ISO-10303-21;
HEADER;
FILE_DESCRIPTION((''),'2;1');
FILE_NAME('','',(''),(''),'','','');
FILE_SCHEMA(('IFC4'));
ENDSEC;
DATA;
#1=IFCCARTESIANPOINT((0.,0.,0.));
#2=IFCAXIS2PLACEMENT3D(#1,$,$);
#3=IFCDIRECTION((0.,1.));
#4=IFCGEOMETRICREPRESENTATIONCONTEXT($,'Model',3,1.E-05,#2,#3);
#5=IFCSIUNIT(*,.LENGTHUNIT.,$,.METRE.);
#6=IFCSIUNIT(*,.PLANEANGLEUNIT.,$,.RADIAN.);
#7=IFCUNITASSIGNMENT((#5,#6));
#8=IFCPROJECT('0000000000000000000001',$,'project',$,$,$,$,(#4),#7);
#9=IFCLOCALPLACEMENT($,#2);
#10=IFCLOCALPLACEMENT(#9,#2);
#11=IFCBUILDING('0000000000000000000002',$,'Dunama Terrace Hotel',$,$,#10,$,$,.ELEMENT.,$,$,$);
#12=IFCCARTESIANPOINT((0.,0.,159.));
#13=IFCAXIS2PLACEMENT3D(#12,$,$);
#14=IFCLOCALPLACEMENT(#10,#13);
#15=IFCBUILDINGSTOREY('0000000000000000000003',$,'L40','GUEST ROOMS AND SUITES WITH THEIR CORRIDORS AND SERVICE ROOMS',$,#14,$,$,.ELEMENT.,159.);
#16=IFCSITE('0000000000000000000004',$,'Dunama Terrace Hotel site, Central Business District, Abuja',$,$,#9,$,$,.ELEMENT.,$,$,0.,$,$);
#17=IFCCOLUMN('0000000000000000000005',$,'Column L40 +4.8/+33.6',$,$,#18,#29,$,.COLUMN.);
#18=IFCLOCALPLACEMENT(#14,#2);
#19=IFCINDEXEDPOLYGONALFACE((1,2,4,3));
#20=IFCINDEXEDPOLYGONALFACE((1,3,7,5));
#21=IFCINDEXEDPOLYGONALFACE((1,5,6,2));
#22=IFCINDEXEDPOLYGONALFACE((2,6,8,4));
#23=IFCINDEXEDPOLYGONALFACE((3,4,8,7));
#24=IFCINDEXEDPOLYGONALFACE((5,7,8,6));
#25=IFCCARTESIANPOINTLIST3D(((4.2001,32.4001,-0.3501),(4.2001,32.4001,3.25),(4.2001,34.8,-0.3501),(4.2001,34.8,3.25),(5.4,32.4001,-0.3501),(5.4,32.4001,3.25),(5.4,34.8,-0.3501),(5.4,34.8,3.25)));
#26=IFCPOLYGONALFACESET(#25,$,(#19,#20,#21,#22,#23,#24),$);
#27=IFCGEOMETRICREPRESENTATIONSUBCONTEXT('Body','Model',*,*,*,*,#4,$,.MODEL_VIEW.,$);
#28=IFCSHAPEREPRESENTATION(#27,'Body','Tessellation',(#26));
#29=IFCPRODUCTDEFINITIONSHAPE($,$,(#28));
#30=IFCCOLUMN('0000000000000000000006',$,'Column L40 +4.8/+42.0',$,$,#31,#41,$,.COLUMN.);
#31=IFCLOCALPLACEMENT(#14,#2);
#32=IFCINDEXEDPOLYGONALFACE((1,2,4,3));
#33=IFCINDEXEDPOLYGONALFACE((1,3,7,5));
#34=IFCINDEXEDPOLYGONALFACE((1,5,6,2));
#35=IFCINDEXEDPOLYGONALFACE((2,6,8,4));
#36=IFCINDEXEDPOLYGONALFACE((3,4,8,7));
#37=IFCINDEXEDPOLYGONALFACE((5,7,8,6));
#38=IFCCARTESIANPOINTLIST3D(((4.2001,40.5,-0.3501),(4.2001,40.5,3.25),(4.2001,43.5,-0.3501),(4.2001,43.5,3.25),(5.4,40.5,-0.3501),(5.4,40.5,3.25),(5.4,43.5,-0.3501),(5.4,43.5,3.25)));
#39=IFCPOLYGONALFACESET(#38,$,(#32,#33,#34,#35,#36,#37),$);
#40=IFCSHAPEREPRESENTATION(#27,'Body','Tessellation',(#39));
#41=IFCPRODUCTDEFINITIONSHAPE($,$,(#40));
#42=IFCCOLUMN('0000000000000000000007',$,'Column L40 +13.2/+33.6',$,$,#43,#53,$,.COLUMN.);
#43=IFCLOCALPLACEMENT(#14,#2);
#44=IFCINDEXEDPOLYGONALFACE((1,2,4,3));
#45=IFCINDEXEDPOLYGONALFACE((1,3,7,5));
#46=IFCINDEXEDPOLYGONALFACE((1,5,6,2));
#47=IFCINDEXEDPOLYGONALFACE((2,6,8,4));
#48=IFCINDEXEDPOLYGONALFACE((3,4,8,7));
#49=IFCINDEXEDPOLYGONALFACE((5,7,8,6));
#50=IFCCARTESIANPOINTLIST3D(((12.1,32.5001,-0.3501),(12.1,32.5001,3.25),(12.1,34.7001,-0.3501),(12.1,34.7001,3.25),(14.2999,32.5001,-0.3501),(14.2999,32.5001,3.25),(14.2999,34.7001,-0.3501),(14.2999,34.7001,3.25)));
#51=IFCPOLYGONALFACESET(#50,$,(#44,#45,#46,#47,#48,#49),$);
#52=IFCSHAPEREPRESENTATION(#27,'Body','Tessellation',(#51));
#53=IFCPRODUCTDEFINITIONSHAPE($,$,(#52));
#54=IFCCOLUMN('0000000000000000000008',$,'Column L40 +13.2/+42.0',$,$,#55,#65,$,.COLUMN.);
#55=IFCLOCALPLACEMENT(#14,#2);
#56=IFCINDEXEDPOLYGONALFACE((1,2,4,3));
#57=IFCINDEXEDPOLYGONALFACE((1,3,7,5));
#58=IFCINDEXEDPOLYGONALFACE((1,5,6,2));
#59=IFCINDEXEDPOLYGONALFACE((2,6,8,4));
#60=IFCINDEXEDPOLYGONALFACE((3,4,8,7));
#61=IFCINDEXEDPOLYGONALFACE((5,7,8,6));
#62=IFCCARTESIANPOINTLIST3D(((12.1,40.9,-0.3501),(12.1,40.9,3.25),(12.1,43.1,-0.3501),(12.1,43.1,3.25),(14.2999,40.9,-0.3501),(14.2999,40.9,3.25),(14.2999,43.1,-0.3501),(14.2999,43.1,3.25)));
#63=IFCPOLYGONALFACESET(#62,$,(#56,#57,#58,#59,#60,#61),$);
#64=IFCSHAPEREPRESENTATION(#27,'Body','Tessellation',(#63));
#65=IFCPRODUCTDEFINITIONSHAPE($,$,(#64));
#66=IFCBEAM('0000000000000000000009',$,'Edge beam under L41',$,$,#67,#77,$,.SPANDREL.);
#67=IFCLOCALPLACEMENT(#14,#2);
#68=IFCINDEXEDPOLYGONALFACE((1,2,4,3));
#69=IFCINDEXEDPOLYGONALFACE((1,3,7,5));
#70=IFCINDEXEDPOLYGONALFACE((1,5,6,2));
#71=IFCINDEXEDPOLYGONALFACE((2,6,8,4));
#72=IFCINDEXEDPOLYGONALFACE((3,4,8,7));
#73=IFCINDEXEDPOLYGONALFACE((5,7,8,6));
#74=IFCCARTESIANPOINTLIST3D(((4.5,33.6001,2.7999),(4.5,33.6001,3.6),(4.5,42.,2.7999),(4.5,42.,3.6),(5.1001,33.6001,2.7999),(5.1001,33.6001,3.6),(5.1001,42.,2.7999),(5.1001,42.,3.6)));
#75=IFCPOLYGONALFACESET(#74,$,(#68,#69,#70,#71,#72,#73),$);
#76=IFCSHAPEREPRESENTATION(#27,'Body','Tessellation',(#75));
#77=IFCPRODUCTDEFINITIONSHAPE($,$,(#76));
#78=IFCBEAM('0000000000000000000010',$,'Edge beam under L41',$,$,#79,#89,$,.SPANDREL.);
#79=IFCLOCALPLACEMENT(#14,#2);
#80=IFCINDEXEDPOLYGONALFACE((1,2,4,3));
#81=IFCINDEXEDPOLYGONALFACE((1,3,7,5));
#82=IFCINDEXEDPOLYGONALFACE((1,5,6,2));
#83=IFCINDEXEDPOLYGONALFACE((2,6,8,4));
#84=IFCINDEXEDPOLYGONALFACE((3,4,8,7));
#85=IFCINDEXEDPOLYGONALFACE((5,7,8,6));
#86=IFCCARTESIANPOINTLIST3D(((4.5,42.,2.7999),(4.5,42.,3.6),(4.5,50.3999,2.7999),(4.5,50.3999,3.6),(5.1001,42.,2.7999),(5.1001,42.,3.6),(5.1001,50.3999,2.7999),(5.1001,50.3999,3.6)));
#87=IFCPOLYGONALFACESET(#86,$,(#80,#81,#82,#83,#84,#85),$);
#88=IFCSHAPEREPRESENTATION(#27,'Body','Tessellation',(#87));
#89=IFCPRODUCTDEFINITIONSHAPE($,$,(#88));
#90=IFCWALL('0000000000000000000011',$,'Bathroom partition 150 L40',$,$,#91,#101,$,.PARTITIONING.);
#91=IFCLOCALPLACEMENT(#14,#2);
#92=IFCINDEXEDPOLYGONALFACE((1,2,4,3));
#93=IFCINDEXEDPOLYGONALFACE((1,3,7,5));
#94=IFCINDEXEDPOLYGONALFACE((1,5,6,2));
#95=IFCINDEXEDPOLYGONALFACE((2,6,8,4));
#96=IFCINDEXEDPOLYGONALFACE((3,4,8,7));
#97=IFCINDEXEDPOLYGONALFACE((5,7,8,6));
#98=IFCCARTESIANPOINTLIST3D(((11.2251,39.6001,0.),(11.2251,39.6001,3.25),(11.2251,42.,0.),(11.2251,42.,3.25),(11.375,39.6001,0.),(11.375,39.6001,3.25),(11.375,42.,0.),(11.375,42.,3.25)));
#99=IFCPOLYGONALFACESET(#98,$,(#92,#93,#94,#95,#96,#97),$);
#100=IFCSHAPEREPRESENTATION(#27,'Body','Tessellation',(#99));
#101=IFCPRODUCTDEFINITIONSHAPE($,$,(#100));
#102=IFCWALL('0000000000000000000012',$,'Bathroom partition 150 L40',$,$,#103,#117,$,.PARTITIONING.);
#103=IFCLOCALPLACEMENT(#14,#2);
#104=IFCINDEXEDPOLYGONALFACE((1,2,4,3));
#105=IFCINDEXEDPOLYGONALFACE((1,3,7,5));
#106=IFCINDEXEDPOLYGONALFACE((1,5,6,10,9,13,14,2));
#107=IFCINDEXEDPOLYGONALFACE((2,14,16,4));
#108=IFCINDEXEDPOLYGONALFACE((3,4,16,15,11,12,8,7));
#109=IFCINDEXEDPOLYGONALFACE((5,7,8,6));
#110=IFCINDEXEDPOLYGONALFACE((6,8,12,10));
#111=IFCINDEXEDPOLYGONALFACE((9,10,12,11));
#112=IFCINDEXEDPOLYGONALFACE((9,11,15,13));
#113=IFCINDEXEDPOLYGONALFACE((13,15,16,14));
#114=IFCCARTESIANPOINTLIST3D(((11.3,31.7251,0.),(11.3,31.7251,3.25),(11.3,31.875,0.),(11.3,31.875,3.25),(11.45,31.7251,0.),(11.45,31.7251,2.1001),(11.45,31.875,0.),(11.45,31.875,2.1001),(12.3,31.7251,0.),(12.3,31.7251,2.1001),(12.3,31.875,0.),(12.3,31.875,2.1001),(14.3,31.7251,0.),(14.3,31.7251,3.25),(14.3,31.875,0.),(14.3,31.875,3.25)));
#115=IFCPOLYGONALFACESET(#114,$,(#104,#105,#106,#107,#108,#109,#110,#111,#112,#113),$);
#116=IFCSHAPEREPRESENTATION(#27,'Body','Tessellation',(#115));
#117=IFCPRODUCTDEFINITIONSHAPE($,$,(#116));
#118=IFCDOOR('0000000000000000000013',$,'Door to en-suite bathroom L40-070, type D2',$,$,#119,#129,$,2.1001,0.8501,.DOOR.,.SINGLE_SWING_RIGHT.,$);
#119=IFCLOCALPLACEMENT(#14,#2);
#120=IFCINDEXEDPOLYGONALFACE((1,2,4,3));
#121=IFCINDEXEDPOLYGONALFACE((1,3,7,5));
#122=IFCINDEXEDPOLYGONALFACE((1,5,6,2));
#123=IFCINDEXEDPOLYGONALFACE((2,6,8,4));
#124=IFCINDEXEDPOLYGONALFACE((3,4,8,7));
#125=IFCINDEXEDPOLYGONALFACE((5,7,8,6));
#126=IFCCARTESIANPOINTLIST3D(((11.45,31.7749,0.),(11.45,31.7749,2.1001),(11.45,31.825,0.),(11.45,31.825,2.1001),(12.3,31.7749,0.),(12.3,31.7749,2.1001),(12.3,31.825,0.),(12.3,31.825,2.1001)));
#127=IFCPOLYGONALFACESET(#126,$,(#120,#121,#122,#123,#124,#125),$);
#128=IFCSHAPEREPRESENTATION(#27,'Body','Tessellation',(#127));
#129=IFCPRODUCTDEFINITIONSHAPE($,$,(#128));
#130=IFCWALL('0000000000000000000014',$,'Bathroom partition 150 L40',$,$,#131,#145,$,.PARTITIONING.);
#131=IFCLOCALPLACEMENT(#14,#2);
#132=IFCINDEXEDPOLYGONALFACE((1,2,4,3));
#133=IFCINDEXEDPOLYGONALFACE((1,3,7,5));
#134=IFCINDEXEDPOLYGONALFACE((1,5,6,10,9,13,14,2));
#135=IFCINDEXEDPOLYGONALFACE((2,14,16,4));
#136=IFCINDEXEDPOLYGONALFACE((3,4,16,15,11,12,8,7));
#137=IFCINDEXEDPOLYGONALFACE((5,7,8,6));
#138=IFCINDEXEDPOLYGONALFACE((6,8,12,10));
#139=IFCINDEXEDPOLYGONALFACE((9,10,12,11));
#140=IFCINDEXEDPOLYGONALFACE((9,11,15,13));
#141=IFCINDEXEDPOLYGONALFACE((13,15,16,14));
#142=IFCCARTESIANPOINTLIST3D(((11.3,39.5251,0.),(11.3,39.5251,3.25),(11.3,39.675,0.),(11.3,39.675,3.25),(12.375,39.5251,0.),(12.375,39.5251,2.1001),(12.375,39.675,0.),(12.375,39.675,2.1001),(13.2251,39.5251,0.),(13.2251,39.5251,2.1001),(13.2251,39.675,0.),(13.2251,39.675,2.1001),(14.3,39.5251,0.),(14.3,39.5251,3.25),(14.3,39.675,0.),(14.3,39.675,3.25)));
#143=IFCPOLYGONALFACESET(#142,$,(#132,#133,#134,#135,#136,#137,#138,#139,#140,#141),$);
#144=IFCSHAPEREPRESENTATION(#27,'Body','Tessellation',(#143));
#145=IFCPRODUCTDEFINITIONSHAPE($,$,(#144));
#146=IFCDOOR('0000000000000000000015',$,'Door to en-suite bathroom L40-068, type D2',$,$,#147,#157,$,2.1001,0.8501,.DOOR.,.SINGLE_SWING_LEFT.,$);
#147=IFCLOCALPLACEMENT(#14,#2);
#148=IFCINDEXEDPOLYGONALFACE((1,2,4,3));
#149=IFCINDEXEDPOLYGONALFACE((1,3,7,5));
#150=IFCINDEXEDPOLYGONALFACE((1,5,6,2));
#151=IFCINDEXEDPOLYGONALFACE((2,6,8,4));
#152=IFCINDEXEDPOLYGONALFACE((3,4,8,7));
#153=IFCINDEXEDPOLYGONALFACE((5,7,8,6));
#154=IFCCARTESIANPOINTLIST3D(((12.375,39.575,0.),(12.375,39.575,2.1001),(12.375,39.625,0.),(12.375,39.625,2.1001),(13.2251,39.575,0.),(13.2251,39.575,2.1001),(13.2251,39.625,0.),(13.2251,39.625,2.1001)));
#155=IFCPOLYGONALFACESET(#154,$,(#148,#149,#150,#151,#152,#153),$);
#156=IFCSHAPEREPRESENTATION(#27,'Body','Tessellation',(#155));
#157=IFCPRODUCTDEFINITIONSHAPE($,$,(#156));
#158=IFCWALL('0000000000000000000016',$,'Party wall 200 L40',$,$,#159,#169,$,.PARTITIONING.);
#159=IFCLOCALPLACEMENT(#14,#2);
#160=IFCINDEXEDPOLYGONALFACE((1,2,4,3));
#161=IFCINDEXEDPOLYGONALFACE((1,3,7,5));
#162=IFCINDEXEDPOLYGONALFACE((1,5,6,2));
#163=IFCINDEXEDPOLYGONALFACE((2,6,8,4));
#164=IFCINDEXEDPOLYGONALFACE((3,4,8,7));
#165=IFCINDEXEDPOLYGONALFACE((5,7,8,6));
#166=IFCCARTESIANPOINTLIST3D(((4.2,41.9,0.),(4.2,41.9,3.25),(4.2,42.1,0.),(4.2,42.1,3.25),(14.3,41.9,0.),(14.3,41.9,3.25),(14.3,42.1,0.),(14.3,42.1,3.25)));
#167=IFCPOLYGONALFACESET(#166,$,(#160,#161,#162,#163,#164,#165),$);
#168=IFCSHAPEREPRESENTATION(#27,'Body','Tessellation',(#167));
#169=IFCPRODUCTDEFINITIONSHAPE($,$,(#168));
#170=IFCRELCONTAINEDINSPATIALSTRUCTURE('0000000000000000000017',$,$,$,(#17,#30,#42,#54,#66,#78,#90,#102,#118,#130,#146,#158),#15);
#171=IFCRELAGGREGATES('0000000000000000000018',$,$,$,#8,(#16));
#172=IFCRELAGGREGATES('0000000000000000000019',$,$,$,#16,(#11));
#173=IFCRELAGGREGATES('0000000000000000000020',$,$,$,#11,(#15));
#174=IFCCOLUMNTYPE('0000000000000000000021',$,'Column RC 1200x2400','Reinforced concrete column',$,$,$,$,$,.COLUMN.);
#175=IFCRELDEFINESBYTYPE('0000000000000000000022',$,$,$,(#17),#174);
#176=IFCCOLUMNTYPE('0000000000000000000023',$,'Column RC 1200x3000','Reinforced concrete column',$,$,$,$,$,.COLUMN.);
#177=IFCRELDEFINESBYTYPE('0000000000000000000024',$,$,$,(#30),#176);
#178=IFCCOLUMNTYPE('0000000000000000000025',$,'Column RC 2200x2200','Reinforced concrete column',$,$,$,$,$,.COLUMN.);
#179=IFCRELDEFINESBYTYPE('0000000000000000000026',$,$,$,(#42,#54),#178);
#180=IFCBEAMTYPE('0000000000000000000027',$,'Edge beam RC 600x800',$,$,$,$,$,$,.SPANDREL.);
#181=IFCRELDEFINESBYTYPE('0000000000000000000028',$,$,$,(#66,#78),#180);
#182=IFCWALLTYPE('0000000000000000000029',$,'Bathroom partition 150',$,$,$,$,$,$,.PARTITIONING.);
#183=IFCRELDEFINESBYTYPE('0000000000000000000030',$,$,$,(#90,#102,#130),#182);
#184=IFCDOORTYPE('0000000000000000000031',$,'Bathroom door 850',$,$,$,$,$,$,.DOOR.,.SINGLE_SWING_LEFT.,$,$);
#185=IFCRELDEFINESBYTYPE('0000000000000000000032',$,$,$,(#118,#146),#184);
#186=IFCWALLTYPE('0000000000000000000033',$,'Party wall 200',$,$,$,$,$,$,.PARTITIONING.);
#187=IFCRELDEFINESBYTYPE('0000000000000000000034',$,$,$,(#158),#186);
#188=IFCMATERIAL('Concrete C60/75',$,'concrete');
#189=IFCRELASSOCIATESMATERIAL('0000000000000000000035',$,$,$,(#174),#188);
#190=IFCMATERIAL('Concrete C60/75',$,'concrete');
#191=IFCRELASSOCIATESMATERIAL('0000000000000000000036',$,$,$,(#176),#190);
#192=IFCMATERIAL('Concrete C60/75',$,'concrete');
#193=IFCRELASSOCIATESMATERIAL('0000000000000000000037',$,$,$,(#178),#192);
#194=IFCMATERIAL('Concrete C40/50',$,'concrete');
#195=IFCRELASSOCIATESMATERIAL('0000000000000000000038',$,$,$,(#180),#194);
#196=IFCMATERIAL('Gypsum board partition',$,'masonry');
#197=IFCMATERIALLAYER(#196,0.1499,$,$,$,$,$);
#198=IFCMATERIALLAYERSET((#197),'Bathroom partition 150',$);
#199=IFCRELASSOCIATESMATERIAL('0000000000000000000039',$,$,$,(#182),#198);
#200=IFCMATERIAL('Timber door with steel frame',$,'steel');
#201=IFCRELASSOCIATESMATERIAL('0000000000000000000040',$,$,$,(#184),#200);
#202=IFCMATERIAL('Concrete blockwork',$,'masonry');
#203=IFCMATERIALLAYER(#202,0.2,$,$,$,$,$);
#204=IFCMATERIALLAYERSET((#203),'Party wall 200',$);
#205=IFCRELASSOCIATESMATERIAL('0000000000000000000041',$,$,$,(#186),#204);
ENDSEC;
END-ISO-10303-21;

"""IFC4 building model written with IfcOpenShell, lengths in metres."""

from ifc_helpers import new_model, si_unit, direction, frame, frame_2d, origin, origin_2d, place, context, subcontext, project, spatial, rectangle, extrude, material, layer, layer_set, material_profile, profile_set, type_object, element, fill, save


model = new_model("IFC4")

# Units and contexts
model_context = context("Model", 3, precision=1e-05, world=origin(), true_north=direction((0.0, 1.0)))
body_context = subcontext(model_context, "Body", "Model", "MODEL_VIEW")
ifc_project = project(units=[si_unit("LENGTHUNIT", "METRE"), si_unit("PLANEANGLEUNIT", "RADIAN")], contexts=[model_context])

# Site, building, storey
site_placement = place(None, origin())
site = spatial("IfcSite", under=ifc_project, at=site_placement, Name="Dunama Terrace Hotel site, Central Business District, Abuja", CompositionType="ELEMENT", RefElevation=0.0)
building_placement = place(site_placement, origin())
building = spatial("IfcBuilding", under=site, at=building_placement, Name="Dunama Terrace Hotel", CompositionType="ELEMENT")
storey_placement = place(building_placement, frame((0.0, 0.0, 159.0)))
storey = spatial("IfcBuildingStorey", under=building, at=storey_placement, Name="L40", Description="GUEST ROOMS AND SUITES WITH THEIR CORRIDORS AND SERVICE ROOMS", CompositionType="ELEMENT", Elevation=159.0)

# Columns
ifc_material_1 = material(Name="Concrete C60/75", Category="concrete")
ifc_material_profile_1 = material_profile(ifc_material_1, rectangle(XDim=1.2, YDim=2.3999, at=origin_2d()), Name="RC 1200x2400")
ifc_profile_set_1 = profile_set([ifc_material_profile_1], Name="Concrete C60/75")
column_type_1 = type_object("IfcColumnType", Name="Column RC 1200x2400", Description="Reinforced concrete column", PredefinedType="COLUMN", material=ifc_profile_set_1)
column_1_placement = place(storey_placement, frame((4.8, 33.6001, -0.3501), z_axis=(0.0, 0.0, 1.0), x_axis=(1.0, 0.0, 0.0)))
element("IfcColumn", 1, at=column_1_placement, inside=storey, type_object=column_type_1, Name="Column L40 +4.8/+33.6", PredefinedType="COLUMN", context=body_context, shape_type="SweptSolid", body=[
    extrude(rectangle(XDim=1.2, YDim=2.3999, at=origin_2d()), origin(), (0.0, 0.0, 1.0), 3.6001),
])
ifc_material_2 = material(Name="Concrete C60/75", Category="concrete")
ifc_material_profile_2 = material_profile(ifc_material_2, rectangle(XDim=1.2, YDim=3.0, at=origin_2d()), Name="RC 1200x3000")
ifc_profile_set_2 = profile_set([ifc_material_profile_2], Name="Concrete C60/75")
column_type_2 = type_object("IfcColumnType", Name="Column RC 1200x3000", Description="Reinforced concrete column", PredefinedType="COLUMN", material=ifc_profile_set_2)
column_2_placement = place(storey_placement, frame((4.8, 42.0, -0.3501), z_axis=(0.0, 0.0, 1.0), x_axis=(1.0, 0.0, 0.0)))
element("IfcColumn", 2, at=column_2_placement, inside=storey, type_object=column_type_2, Name="Column L40 +4.8/+42.0", PredefinedType="COLUMN", context=body_context, shape_type="SweptSolid", body=[
    extrude(rectangle(XDim=1.2, YDim=3.0, at=origin_2d()), origin(), (0.0, 0.0, 1.0), 3.6001),
])
ifc_material_3 = material(Name="Concrete C60/75", Category="concrete")
ifc_material_profile_3 = material_profile(ifc_material_3, rectangle(XDim=2.2, YDim=2.2, at=origin_2d()), Name="RC 2200x2200")
ifc_profile_set_3 = profile_set([ifc_material_profile_3], Name="Concrete C60/75")
column_type_3 = type_object("IfcColumnType", Name="Column RC 2200x2200", Description="Reinforced concrete column", PredefinedType="COLUMN", material=ifc_profile_set_3)
for number, where, z_axis, x_axis, name in (
    (3, (13.2, 33.6001, -0.3501), (0.0, 0.0, 1.0), (1.0, 0.0, 0.0), "Column L40 +13.2/+33.6"),
    (4, (13.2, 42.0, -0.3501), (0.0, 0.0, 1.0), (1.0, 0.0, 0.0), "Column L40 +13.2/+42.0"),
):
    element("IfcColumn", number, at=place(storey_placement, frame(where, z_axis=z_axis, x_axis=x_axis)), inside=storey, type_object=column_type_3, Name=name, PredefinedType="COLUMN", context=body_context, shape_type="SweptSolid", body=[
        extrude(rectangle(XDim=2.2, YDim=2.2, at=origin_2d()), origin(), (0.0, 0.0, 1.0), 3.6001),
    ])

# Beams
ifc_material_4 = material(Name="Concrete C40/50", Category="concrete")
ifc_material_profile_4 = material_profile(ifc_material_4, rectangle(XDim=0.6001, YDim=0.8, at=origin_2d()), Name="RC 600x800")
ifc_profile_set_4 = profile_set([ifc_material_profile_4], Name="Concrete C40/50")
beam_type = type_object("IfcBeamType", Name="Edge beam RC 600x800", PredefinedType="SPANDREL", material=ifc_profile_set_4)
for number, where, z_axis, x_axis, name in (
    (5, (4.8, 33.6001, 3.2), (0.0, 1.0, 0.0), (-1.0, 0.0, 0.0), "Edge beam under L41"),
    (6, (4.8, 42.0, 3.2), (0.0, 1.0, 0.0), (-1.0, 0.0, 0.0), "Edge beam under L41"),
):
    element("IfcBeam", number, at=place(storey_placement, frame(where, z_axis=z_axis, x_axis=x_axis)), inside=storey, type_object=beam_type, Name=name, PredefinedType="SPANDREL", context=body_context, shape_type="SweptSolid", body=[
        extrude(rectangle(XDim=0.6001, YDim=0.8, at=origin_2d()), origin(), (0.0, 0.0, 1.0), 8.3999),
    ])

# Wall
ifc_material_5 = material(Name="Gypsum board partition", Category="masonry")
ifc_layer_1 = layer(ifc_material_5, 0.1499)
ifc_layer_set_1 = layer_set([ifc_layer_1], Name="Bathroom partition 150")
wall_type_1 = type_object("IfcWallType", Name="Bathroom partition 150", PredefinedType="PARTITIONING", material=ifc_layer_set_1)
wall_1_placement = place(storey_placement, frame((11.3, 39.6001, 0.0), z_axis=(0.0, 0.0, 1.0), x_axis=(0.0, 1.0, 0.0)))
element("IfcWall", 7, at=wall_1_placement, inside=storey, type_object=wall_type_1, Name="Bathroom partition 150 L40", PredefinedType="PARTITIONING", context=body_context, shape_type="SweptSolid", body=[
    extrude(rectangle(XDim=2.3999, YDim=0.1499, at=frame_2d((1.2, 0.0))), origin(), (0.0, 0.0, 1.0), 3.25),
])

# Walls, openings, doors
wall_2_placement = place(storey_placement, frame((11.3, 31.8, 0.0), z_axis=(0.0, 0.0, 1.0), x_axis=(1.0, 0.0, 0.0)))
wall_2 = element("IfcWall", 8, at=wall_2_placement, inside=storey, type_object=wall_type_1, Name="Bathroom partition 150 L40", PredefinedType="PARTITIONING", context=body_context, shape_type="SweptSolid", body=[
    extrude(rectangle(XDim=3.0, YDim=0.1499, at=frame_2d((1.5, 0.0))), origin(), (0.0, 0.0, 1.0), 3.25),
])
opening_1_placement = place(wall_2_placement, frame((0.1499, 0.0, 0.0)))
opening_1 = element("IfcOpeningElement", 9, at=opening_1_placement, cuts=wall_2, PredefinedType="OPENING", context=body_context, shape_type="SweptSolid", body=[
    extrude(rectangle(XDim=0.8501, YDim=2.1001, at=frame_2d((0.425, 1.05))), frame((0.0, 0.085, 0.0), z_axis=(0.0, -1.0, 0.0), x_axis=(1.0, 0.0, 0.0)), (0.0, 0.0, 1.0), 0.1699),
])
ifc_material_6 = material(Name="Timber door with steel frame", Category="steel")
door_type_1 = type_object("IfcDoorType", Name="Bathroom door 850", OperationType="SINGLE_SWING_LEFT", PredefinedType="DOOR", material=ifc_material_6)
door_1_placement = place(opening_1_placement, frame((0.8501, 0.0, 0.0), z_axis=(0.0, 0.0, 1.0), x_axis=(-1.0, 0.0, 0.0)))
door_1 = element("IfcDoor", 10, at=door_1_placement, inside=storey, type_object=door_type_1, Name="Door to en-suite bathroom L40-070, type D2", OperationType="SINGLE_SWING_RIGHT", OverallHeight=2.1001, OverallWidth=0.8501, PredefinedType="DOOR", context=body_context, shape_type="SweptSolid", body=[
    extrude(rectangle(XDim=0.8501, YDim=2.1001, at=frame_2d((0.425, 1.05))), frame((0.0, 0.0251, 0.0), z_axis=(0.0, -1.0, 0.0), x_axis=(1.0, 0.0, 0.0)), (0.0, 0.0, 1.0), 0.05),
])
fill(opening_1, door_1)
wall_3_placement = place(storey_placement, frame((11.3, 39.6001, 0.0), z_axis=(0.0, 0.0, 1.0), x_axis=(1.0, 0.0, 0.0)))
wall_3 = element("IfcWall", 11, at=wall_3_placement, inside=storey, type_object=wall_type_1, Name="Bathroom partition 150 L40", PredefinedType="PARTITIONING", context=body_context, shape_type="SweptSolid", body=[
    extrude(rectangle(XDim=3.0, YDim=0.1499, at=frame_2d((1.5, 0.0))), origin(), (0.0, 0.0, 1.0), 3.25),
])
opening_2_placement = place(wall_3_placement, frame((1.075, 0.0, 0.0)))
opening_2 = element("IfcOpeningElement", 12, at=opening_2_placement, cuts=wall_3, PredefinedType="OPENING", context=body_context, shape_type="SweptSolid", body=[
    extrude(rectangle(XDim=0.8501, YDim=2.1001, at=frame_2d((0.425, 1.05))), frame((0.0, 0.085, 0.0), z_axis=(0.0, -1.0, 0.0), x_axis=(1.0, 0.0, 0.0)), (0.0, 0.0, 1.0), 0.1699),
])
door_2_placement = place(opening_2_placement, origin())
door_2 = element("IfcDoor", 13, at=door_2_placement, inside=storey, type_object=door_type_1, Name="Door to en-suite bathroom L40-068, type D2", OperationType="SINGLE_SWING_LEFT", OverallHeight=2.1001, OverallWidth=0.8501, PredefinedType="DOOR", context=body_context, shape_type="SweptSolid", body=[
    extrude(rectangle(XDim=0.8501, YDim=2.1001, at=frame_2d((0.425, 1.05))), frame((0.0, 0.0249, 0.0), z_axis=(0.0, -1.0, 0.0), x_axis=(1.0, 0.0, 0.0)), (0.0, 0.0, 1.0), 0.05),
])
fill(opening_2, door_2)

# Wall
ifc_material_7 = material(Name="Concrete blockwork", Category="masonry")
ifc_layer_2 = layer(ifc_material_7, 0.2)
ifc_layer_set_2 = layer_set([ifc_layer_2], Name="Party wall 200")
wall_type_2 = type_object("IfcWallType", Name="Party wall 200", PredefinedType="PARTITIONING", material=ifc_layer_set_2)
wall_4_placement = place(storey_placement, frame((4.2, 42.0, 0.0), z_axis=(0.0, 0.0, 1.0), x_axis=(1.0, 0.0, 0.0)))
element("IfcWall", 14, at=wall_4_placement, inside=storey, type_object=wall_type_2, Name="Party wall 200 L40", PredefinedType="PARTITIONING", context=body_context, shape_type="SweptSolid", body=[
    extrude(rectangle(XDim=10.1001, YDim=0.2, at=frame_2d((5.05, 0.0))), origin(), (0.0, 0.0, 1.0), 3.25),
])

save(model, "model.ifc")
